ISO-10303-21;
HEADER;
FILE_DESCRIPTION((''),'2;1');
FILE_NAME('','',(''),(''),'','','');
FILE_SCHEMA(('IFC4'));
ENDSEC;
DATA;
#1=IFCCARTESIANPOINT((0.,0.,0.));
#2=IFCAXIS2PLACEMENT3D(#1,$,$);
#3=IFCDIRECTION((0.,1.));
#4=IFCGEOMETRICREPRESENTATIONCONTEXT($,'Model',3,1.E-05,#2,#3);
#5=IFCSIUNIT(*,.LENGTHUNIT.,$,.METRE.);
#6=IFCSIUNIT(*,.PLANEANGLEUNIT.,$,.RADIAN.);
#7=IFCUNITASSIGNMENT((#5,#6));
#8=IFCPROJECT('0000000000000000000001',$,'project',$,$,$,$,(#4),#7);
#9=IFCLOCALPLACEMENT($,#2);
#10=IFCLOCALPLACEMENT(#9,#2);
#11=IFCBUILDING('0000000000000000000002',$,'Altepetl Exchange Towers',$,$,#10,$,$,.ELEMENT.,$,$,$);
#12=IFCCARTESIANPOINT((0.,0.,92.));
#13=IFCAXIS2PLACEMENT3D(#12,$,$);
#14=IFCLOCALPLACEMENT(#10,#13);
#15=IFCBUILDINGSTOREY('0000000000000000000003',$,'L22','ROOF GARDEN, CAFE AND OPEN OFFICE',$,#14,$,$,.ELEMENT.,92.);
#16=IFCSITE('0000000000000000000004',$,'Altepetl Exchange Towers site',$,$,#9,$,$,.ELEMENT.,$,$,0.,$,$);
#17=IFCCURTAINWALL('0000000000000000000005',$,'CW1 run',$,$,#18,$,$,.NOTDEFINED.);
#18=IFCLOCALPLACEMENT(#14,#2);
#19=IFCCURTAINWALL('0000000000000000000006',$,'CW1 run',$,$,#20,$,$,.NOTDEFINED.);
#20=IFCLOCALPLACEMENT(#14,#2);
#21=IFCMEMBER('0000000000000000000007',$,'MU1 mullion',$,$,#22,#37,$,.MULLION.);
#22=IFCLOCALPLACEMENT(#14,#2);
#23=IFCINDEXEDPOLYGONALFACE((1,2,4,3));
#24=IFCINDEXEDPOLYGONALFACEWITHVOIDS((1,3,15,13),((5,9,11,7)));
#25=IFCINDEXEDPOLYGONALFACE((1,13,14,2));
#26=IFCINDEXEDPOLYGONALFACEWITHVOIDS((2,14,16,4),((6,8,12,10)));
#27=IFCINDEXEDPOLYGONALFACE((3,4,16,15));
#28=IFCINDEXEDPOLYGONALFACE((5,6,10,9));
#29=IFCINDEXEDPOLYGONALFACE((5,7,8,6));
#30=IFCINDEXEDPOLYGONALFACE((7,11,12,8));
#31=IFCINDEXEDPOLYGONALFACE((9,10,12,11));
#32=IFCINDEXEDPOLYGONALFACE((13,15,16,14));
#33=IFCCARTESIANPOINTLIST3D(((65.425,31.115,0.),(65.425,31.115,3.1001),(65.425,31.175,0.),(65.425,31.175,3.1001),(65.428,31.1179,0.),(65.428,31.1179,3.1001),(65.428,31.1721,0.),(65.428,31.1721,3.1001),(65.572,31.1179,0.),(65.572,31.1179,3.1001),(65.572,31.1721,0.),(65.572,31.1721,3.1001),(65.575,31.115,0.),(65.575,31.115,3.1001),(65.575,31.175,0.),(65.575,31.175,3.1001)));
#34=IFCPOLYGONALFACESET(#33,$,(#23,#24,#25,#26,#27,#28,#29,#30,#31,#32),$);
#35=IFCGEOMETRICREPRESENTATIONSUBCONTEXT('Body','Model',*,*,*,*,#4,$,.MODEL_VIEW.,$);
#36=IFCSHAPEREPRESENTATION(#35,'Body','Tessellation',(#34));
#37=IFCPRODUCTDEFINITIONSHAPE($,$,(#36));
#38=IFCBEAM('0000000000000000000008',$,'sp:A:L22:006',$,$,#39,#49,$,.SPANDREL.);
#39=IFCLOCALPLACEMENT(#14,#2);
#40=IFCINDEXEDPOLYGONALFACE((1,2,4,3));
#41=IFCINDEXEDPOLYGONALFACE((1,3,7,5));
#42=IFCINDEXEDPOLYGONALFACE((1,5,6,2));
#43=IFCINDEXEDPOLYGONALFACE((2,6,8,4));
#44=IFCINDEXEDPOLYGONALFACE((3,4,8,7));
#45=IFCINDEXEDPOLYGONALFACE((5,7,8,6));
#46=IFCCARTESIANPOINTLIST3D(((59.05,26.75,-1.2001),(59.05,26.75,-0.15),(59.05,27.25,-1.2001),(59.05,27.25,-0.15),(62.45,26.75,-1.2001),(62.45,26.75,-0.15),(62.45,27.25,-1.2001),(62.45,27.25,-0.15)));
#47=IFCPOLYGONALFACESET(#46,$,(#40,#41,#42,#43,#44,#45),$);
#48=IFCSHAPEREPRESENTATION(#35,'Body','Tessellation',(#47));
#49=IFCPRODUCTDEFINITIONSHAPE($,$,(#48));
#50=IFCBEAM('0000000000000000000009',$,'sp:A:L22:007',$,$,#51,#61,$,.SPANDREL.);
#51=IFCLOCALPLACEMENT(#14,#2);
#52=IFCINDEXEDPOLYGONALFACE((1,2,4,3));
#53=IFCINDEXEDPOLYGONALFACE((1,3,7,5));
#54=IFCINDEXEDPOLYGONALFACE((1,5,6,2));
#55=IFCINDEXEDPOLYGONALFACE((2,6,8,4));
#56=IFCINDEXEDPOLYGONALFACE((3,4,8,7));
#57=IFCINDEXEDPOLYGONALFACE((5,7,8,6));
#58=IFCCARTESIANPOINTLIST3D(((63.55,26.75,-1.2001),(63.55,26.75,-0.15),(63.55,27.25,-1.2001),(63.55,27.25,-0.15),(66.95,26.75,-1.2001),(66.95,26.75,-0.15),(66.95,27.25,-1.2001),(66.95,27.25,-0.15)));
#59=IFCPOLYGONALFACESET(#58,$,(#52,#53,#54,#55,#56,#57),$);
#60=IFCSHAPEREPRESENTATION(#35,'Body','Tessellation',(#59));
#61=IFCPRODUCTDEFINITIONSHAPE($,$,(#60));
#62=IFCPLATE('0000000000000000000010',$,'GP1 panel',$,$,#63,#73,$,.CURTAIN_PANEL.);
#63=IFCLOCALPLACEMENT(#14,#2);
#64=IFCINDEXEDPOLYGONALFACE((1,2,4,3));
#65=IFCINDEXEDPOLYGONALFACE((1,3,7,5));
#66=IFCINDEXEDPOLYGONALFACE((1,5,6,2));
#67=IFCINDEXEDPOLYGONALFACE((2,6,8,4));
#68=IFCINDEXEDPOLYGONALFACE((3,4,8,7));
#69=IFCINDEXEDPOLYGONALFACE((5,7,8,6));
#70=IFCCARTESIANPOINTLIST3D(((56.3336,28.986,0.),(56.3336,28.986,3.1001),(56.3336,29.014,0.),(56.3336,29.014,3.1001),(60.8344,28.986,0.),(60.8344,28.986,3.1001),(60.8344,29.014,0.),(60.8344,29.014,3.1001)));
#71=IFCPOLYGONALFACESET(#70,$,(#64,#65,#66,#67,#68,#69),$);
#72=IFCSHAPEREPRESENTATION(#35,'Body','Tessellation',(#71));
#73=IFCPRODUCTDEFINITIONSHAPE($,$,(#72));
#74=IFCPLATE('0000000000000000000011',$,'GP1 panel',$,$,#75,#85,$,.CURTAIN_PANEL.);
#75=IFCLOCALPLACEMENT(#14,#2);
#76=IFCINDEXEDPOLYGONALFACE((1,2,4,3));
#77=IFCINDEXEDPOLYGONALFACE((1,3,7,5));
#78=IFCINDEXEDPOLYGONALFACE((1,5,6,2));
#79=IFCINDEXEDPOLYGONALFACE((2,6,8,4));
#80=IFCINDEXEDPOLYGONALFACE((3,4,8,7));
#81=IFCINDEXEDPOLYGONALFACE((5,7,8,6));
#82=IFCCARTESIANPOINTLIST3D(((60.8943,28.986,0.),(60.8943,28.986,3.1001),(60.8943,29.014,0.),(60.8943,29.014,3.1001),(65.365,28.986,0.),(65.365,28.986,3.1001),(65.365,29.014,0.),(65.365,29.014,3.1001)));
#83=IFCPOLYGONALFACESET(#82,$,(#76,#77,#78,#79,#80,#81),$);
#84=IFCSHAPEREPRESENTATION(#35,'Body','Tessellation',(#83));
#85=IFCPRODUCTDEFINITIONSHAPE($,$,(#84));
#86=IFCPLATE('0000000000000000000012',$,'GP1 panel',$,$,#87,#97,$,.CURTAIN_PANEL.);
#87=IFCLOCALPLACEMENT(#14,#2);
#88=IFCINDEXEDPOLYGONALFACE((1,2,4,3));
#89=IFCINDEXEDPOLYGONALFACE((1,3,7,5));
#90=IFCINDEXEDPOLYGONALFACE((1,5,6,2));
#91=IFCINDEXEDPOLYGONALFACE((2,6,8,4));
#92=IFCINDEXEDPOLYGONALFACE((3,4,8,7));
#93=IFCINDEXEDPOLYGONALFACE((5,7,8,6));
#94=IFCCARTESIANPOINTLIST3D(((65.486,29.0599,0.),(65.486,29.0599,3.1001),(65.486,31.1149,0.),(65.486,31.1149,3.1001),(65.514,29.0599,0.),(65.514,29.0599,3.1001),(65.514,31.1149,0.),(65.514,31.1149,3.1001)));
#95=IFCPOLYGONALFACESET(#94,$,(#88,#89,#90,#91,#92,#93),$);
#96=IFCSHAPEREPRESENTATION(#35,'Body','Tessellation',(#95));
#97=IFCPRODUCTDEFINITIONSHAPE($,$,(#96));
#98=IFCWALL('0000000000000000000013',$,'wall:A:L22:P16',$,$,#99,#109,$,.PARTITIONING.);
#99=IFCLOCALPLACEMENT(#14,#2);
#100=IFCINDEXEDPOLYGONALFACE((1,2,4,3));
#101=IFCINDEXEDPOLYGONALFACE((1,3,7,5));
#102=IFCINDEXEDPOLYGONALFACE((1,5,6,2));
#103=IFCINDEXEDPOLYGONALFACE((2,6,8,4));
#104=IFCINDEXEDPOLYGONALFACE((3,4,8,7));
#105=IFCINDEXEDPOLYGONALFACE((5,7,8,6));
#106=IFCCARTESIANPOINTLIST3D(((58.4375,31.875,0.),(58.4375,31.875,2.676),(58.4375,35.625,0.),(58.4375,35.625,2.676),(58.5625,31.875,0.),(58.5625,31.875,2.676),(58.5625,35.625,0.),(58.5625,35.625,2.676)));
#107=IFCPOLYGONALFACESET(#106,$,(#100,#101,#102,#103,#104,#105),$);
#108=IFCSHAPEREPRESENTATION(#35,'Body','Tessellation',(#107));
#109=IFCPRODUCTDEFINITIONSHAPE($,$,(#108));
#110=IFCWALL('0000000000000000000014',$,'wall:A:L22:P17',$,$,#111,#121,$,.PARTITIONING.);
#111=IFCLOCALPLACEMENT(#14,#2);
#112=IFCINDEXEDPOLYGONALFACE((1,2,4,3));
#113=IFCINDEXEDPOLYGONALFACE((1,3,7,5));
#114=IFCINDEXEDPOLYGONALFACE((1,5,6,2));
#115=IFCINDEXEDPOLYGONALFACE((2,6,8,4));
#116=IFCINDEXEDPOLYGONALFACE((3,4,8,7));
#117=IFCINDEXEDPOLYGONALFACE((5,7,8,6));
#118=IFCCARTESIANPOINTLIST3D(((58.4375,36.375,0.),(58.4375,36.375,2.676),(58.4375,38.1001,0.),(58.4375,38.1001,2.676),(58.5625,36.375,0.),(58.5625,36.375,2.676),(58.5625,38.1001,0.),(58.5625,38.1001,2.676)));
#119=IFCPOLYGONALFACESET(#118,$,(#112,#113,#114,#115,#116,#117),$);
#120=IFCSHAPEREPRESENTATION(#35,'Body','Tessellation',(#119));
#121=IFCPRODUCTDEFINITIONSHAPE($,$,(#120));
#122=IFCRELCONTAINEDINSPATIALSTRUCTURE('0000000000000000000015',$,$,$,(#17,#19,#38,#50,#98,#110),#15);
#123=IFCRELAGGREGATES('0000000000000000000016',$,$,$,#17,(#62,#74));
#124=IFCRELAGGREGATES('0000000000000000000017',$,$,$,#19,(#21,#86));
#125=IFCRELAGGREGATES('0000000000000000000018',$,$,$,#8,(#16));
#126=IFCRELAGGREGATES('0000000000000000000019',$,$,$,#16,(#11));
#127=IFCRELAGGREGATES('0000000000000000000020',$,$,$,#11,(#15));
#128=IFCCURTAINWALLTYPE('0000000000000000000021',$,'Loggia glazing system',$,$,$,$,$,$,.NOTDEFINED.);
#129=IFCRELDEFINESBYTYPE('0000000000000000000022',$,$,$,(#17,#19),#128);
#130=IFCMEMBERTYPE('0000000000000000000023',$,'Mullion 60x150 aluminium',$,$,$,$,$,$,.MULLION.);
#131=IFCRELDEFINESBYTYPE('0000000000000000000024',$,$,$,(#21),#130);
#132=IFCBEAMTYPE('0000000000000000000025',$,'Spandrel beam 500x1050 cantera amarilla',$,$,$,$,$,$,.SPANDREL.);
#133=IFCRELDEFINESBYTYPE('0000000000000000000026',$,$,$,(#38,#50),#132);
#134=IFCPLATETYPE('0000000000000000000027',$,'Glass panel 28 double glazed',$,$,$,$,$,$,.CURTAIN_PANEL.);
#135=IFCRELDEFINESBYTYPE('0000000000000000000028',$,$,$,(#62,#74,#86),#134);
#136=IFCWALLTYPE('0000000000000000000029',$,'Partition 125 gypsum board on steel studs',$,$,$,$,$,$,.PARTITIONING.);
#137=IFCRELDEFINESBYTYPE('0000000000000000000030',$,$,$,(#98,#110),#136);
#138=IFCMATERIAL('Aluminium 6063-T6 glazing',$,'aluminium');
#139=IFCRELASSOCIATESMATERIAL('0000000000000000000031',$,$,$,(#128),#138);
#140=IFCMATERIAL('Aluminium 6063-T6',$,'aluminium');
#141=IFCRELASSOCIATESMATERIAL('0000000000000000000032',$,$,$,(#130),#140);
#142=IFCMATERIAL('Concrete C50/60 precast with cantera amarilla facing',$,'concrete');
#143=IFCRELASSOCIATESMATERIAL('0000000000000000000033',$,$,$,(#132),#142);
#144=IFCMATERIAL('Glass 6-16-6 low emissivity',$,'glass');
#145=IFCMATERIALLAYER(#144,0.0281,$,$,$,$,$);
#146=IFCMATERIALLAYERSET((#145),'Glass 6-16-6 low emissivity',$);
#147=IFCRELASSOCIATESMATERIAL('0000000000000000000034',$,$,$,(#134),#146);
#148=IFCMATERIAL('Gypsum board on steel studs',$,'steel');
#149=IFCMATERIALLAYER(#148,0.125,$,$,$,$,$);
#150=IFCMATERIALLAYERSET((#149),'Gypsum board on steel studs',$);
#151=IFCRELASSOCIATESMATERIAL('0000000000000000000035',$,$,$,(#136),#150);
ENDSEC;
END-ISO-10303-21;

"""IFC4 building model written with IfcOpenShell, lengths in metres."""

from ifc_helpers import new_model, si_unit, direction, frame, frame_2d, origin, origin_2d, place, context, subcontext, project, spatial, rectangle, hollow_rectangle, extrude, material, layer, layer_set, material_profile, profile_set, type_object, element, aggregate, save


model = new_model("IFC4")

# Units and contexts
model_context = context("Model", 3, precision=1e-05, world=origin(), true_north=direction((0.0, 1.0)))
body_context = subcontext(model_context, "Body", "Model", "MODEL_VIEW")
ifc_project = project(units=[si_unit("LENGTHUNIT", "METRE"), si_unit("PLANEANGLEUNIT", "RADIAN")], contexts=[model_context])

# Site, building, storey
site_placement = place(None, origin())
site = spatial("IfcSite", under=ifc_project, at=site_placement, Name="Altepetl Exchange Towers site", CompositionType="ELEMENT", RefElevation=0.0)
building_placement = place(site_placement, origin())
building = spatial("IfcBuilding", under=site, at=building_placement, Name="Altepetl Exchange Towers", CompositionType="ELEMENT")
storey_placement = place(building_placement, frame((0.0, 0.0, 92.0)))
storey = spatial("IfcBuildingStorey", under=building, at=storey_placement, Name="L22", Description="ROOF GARDEN, CAFE AND OPEN OFFICE", CompositionType="ELEMENT", Elevation=92.0)

# Curtain walls, member
ifc_material_1 = material(Name="Aluminium 6063-T6 glazing", Category="aluminium")
curtain_wall_type = type_object("IfcCurtainWallType", Name="Loggia glazing system", PredefinedType="NOTDEFINED", material=ifc_material_1)
curtain_wall_1_placement = place(storey_placement, origin())
curtain_wall_1 = element("IfcCurtainWall", 1, at=curtain_wall_1_placement, inside=storey, type_object=curtain_wall_type, Name="CW1 run", PredefinedType="NOTDEFINED")
ifc_material_2 = material(Name="Aluminium 6063-T6", Category="aluminium")
ifc_material_profile_1 = material_profile(ifc_material_2, hollow_rectangle(XDim=0.0601, YDim=0.1499, WallThickness=0.0029, at=origin_2d()), Name="Mullion 60x150 aluminium")
ifc_profile_set_1 = profile_set([ifc_material_profile_1], Name="Aluminium 6063-T6")
member_type = type_object("IfcMemberType", Name="Mullion 60x150 aluminium", PredefinedType="MULLION", material=ifc_profile_set_1)
curtain_wall_2_placement = place(storey_placement, origin())
curtain_wall_2 = element("IfcCurtainWall", 2, at=curtain_wall_2_placement, inside=storey, type_object=curtain_wall_type, Name="CW1 run", PredefinedType="NOTDEFINED")
member_1_placement = place(storey_placement, frame((65.5, 31.145, 0.0), z_axis=(0.0, 0.0, 1.0), x_axis=(0.0, 1.0, 0.0)))
member_1 = element("IfcMember", 3, at=member_1_placement, type_object=member_type, Name="MU1 mullion", PredefinedType="MULLION", context=body_context, shape_type="SweptSolid", body=[
    extrude(hollow_rectangle(XDim=0.0601, YDim=0.1499, WallThickness=0.0029, at=origin_2d()), origin(), (0.0, 0.0, 1.0), 3.1001),
])

# Beams
ifc_material_3 = material(Name="Concrete C50/60 precast with cantera amarilla facing", Category="concrete")
ifc_material_profile_2 = material_profile(ifc_material_3, rectangle(XDim=0.5, YDim=1.05, at=origin_2d()), Name="500 x 1050")
ifc_profile_set_2 = profile_set([ifc_material_profile_2], Name="Concrete C50/60 precast with cantera amarilla facing")
beam_type_1 = type_object("IfcBeamType", Name="Spandrel beam 500x1050 cantera amarilla", PredefinedType="SPANDREL", material=ifc_profile_set_2)
for number, where, z_axis, x_axis, name in (
    (4, (59.05, 27.0, -0.675), (1.0, 0.0, 0.0), (0.0, 1.0, 0.0), "sp:A:L22:006"),
    (5, (63.55, 27.0, -0.675), (1.0, 0.0, 0.0), (0.0, 1.0, 0.0), "sp:A:L22:007"),
):
    element("IfcBeam", number, at=place(storey_placement, frame(where, z_axis=z_axis, x_axis=x_axis)), inside=storey, type_object=beam_type_1, Name=name, PredefinedType="SPANDREL", context=body_context, shape_type="SweptSolid", body=[
        extrude(rectangle(XDim=0.5, YDim=1.05, at=origin_2d()), origin(), (0.0, 0.0, 1.0), 3.3999),
    ])

# Plates
ifc_material_4 = material(Name="Glass 6-16-6 low emissivity", Category="glass")
ifc_layer_1 = layer(ifc_material_4, 0.0281)
ifc_layer_set_1 = layer_set([ifc_layer_1], Name="Glass 6-16-6 low emissivity")
plate_type = type_object("IfcPlateType", Name="Glass panel 28 double glazed", PredefinedType="CURTAIN_PANEL", material=ifc_layer_set_1)
plate_1_placement = place(storey_placement, frame((58.584, 29.0, 0.0)))
plate_1 = element("IfcPlate", 6, at=plate_1_placement, type_object=plate_type, Name="GP1 panel", PredefinedType="CURTAIN_PANEL", context=body_context, shape_type="SweptSolid", body=[
    extrude(rectangle(XDim=4.5007, YDim=0.0281, at=origin_2d()), origin(), (0.0, 0.0, 1.0), 3.1001),
])
plate_2_placement = place(storey_placement, frame((63.1296, 29.0, 0.0)))
plate_2 = element("IfcPlate", 7, at=plate_2_placement, type_object=plate_type, Name="GP1 panel", PredefinedType="CURTAIN_PANEL", context=body_context, shape_type="SweptSolid", body=[
    extrude(rectangle(XDim=4.4707, YDim=0.0281, at=origin_2d()), origin(), (0.0, 0.0, 1.0), 3.1001),
])
aggregate(curtain_wall_1, [plate_1, plate_2])
plate_3_placement = place(storey_placement, frame((65.5, 30.0874, 0.0), z_axis=(0.0, 0.0, 1.0), x_axis=(0.0, 1.0, 0.0)))
plate_3 = element("IfcPlate", 8, at=plate_3_placement, type_object=plate_type, Name="GP1 panel", PredefinedType="CURTAIN_PANEL", context=body_context, shape_type="SweptSolid", body=[
    extrude(rectangle(XDim=2.0549, YDim=0.0281, at=origin_2d()), origin(), (0.0, 0.0, 1.0), 3.1001),
])
aggregate(curtain_wall_2, [member_1, plate_3])

# Walls
ifc_material_5 = material(Name="Gypsum board on steel studs", Category="steel")
ifc_layer_2 = layer(ifc_material_5, 0.125)
ifc_layer_set_2 = layer_set([ifc_layer_2], Name="Gypsum board on steel studs")
wall_type = type_object("IfcWallType", Name="Partition 125 gypsum board on steel studs", PredefinedType="PARTITIONING", material=ifc_layer_set_2)
wall_1_placement = place(storey_placement, frame((58.5, 31.875, 0.0), z_axis=(0.0, 0.0, 1.0), x_axis=(0.0, 1.0, 0.0)))
element("IfcWall", 9, at=wall_1_placement, inside=storey, type_object=wall_type, Name="wall:A:L22:P16", PredefinedType="PARTITIONING", context=body_context, shape_type="SweptSolid", body=[
    extrude(rectangle(XDim=3.75, YDim=0.125, at=frame_2d((1.875, 0.0))), origin(), (0.0, 0.0, 1.0), 2.676),
])
wall_2_placement = place(storey_placement, frame((58.5, 36.375, 0.0), z_axis=(0.0, 0.0, 1.0), x_axis=(0.0, 1.0, 0.0)))
element("IfcWall", 10, at=wall_2_placement, inside=storey, type_object=wall_type, Name="wall:A:L22:P17", PredefinedType="PARTITIONING", context=body_context, shape_type="SweptSolid", body=[
    extrude(rectangle(XDim=1.7251, YDim=0.125, at=frame_2d((0.8625, 0.0))), origin(), (0.0, 0.0, 1.0), 2.676),
])

save(model, "model.ifc")
